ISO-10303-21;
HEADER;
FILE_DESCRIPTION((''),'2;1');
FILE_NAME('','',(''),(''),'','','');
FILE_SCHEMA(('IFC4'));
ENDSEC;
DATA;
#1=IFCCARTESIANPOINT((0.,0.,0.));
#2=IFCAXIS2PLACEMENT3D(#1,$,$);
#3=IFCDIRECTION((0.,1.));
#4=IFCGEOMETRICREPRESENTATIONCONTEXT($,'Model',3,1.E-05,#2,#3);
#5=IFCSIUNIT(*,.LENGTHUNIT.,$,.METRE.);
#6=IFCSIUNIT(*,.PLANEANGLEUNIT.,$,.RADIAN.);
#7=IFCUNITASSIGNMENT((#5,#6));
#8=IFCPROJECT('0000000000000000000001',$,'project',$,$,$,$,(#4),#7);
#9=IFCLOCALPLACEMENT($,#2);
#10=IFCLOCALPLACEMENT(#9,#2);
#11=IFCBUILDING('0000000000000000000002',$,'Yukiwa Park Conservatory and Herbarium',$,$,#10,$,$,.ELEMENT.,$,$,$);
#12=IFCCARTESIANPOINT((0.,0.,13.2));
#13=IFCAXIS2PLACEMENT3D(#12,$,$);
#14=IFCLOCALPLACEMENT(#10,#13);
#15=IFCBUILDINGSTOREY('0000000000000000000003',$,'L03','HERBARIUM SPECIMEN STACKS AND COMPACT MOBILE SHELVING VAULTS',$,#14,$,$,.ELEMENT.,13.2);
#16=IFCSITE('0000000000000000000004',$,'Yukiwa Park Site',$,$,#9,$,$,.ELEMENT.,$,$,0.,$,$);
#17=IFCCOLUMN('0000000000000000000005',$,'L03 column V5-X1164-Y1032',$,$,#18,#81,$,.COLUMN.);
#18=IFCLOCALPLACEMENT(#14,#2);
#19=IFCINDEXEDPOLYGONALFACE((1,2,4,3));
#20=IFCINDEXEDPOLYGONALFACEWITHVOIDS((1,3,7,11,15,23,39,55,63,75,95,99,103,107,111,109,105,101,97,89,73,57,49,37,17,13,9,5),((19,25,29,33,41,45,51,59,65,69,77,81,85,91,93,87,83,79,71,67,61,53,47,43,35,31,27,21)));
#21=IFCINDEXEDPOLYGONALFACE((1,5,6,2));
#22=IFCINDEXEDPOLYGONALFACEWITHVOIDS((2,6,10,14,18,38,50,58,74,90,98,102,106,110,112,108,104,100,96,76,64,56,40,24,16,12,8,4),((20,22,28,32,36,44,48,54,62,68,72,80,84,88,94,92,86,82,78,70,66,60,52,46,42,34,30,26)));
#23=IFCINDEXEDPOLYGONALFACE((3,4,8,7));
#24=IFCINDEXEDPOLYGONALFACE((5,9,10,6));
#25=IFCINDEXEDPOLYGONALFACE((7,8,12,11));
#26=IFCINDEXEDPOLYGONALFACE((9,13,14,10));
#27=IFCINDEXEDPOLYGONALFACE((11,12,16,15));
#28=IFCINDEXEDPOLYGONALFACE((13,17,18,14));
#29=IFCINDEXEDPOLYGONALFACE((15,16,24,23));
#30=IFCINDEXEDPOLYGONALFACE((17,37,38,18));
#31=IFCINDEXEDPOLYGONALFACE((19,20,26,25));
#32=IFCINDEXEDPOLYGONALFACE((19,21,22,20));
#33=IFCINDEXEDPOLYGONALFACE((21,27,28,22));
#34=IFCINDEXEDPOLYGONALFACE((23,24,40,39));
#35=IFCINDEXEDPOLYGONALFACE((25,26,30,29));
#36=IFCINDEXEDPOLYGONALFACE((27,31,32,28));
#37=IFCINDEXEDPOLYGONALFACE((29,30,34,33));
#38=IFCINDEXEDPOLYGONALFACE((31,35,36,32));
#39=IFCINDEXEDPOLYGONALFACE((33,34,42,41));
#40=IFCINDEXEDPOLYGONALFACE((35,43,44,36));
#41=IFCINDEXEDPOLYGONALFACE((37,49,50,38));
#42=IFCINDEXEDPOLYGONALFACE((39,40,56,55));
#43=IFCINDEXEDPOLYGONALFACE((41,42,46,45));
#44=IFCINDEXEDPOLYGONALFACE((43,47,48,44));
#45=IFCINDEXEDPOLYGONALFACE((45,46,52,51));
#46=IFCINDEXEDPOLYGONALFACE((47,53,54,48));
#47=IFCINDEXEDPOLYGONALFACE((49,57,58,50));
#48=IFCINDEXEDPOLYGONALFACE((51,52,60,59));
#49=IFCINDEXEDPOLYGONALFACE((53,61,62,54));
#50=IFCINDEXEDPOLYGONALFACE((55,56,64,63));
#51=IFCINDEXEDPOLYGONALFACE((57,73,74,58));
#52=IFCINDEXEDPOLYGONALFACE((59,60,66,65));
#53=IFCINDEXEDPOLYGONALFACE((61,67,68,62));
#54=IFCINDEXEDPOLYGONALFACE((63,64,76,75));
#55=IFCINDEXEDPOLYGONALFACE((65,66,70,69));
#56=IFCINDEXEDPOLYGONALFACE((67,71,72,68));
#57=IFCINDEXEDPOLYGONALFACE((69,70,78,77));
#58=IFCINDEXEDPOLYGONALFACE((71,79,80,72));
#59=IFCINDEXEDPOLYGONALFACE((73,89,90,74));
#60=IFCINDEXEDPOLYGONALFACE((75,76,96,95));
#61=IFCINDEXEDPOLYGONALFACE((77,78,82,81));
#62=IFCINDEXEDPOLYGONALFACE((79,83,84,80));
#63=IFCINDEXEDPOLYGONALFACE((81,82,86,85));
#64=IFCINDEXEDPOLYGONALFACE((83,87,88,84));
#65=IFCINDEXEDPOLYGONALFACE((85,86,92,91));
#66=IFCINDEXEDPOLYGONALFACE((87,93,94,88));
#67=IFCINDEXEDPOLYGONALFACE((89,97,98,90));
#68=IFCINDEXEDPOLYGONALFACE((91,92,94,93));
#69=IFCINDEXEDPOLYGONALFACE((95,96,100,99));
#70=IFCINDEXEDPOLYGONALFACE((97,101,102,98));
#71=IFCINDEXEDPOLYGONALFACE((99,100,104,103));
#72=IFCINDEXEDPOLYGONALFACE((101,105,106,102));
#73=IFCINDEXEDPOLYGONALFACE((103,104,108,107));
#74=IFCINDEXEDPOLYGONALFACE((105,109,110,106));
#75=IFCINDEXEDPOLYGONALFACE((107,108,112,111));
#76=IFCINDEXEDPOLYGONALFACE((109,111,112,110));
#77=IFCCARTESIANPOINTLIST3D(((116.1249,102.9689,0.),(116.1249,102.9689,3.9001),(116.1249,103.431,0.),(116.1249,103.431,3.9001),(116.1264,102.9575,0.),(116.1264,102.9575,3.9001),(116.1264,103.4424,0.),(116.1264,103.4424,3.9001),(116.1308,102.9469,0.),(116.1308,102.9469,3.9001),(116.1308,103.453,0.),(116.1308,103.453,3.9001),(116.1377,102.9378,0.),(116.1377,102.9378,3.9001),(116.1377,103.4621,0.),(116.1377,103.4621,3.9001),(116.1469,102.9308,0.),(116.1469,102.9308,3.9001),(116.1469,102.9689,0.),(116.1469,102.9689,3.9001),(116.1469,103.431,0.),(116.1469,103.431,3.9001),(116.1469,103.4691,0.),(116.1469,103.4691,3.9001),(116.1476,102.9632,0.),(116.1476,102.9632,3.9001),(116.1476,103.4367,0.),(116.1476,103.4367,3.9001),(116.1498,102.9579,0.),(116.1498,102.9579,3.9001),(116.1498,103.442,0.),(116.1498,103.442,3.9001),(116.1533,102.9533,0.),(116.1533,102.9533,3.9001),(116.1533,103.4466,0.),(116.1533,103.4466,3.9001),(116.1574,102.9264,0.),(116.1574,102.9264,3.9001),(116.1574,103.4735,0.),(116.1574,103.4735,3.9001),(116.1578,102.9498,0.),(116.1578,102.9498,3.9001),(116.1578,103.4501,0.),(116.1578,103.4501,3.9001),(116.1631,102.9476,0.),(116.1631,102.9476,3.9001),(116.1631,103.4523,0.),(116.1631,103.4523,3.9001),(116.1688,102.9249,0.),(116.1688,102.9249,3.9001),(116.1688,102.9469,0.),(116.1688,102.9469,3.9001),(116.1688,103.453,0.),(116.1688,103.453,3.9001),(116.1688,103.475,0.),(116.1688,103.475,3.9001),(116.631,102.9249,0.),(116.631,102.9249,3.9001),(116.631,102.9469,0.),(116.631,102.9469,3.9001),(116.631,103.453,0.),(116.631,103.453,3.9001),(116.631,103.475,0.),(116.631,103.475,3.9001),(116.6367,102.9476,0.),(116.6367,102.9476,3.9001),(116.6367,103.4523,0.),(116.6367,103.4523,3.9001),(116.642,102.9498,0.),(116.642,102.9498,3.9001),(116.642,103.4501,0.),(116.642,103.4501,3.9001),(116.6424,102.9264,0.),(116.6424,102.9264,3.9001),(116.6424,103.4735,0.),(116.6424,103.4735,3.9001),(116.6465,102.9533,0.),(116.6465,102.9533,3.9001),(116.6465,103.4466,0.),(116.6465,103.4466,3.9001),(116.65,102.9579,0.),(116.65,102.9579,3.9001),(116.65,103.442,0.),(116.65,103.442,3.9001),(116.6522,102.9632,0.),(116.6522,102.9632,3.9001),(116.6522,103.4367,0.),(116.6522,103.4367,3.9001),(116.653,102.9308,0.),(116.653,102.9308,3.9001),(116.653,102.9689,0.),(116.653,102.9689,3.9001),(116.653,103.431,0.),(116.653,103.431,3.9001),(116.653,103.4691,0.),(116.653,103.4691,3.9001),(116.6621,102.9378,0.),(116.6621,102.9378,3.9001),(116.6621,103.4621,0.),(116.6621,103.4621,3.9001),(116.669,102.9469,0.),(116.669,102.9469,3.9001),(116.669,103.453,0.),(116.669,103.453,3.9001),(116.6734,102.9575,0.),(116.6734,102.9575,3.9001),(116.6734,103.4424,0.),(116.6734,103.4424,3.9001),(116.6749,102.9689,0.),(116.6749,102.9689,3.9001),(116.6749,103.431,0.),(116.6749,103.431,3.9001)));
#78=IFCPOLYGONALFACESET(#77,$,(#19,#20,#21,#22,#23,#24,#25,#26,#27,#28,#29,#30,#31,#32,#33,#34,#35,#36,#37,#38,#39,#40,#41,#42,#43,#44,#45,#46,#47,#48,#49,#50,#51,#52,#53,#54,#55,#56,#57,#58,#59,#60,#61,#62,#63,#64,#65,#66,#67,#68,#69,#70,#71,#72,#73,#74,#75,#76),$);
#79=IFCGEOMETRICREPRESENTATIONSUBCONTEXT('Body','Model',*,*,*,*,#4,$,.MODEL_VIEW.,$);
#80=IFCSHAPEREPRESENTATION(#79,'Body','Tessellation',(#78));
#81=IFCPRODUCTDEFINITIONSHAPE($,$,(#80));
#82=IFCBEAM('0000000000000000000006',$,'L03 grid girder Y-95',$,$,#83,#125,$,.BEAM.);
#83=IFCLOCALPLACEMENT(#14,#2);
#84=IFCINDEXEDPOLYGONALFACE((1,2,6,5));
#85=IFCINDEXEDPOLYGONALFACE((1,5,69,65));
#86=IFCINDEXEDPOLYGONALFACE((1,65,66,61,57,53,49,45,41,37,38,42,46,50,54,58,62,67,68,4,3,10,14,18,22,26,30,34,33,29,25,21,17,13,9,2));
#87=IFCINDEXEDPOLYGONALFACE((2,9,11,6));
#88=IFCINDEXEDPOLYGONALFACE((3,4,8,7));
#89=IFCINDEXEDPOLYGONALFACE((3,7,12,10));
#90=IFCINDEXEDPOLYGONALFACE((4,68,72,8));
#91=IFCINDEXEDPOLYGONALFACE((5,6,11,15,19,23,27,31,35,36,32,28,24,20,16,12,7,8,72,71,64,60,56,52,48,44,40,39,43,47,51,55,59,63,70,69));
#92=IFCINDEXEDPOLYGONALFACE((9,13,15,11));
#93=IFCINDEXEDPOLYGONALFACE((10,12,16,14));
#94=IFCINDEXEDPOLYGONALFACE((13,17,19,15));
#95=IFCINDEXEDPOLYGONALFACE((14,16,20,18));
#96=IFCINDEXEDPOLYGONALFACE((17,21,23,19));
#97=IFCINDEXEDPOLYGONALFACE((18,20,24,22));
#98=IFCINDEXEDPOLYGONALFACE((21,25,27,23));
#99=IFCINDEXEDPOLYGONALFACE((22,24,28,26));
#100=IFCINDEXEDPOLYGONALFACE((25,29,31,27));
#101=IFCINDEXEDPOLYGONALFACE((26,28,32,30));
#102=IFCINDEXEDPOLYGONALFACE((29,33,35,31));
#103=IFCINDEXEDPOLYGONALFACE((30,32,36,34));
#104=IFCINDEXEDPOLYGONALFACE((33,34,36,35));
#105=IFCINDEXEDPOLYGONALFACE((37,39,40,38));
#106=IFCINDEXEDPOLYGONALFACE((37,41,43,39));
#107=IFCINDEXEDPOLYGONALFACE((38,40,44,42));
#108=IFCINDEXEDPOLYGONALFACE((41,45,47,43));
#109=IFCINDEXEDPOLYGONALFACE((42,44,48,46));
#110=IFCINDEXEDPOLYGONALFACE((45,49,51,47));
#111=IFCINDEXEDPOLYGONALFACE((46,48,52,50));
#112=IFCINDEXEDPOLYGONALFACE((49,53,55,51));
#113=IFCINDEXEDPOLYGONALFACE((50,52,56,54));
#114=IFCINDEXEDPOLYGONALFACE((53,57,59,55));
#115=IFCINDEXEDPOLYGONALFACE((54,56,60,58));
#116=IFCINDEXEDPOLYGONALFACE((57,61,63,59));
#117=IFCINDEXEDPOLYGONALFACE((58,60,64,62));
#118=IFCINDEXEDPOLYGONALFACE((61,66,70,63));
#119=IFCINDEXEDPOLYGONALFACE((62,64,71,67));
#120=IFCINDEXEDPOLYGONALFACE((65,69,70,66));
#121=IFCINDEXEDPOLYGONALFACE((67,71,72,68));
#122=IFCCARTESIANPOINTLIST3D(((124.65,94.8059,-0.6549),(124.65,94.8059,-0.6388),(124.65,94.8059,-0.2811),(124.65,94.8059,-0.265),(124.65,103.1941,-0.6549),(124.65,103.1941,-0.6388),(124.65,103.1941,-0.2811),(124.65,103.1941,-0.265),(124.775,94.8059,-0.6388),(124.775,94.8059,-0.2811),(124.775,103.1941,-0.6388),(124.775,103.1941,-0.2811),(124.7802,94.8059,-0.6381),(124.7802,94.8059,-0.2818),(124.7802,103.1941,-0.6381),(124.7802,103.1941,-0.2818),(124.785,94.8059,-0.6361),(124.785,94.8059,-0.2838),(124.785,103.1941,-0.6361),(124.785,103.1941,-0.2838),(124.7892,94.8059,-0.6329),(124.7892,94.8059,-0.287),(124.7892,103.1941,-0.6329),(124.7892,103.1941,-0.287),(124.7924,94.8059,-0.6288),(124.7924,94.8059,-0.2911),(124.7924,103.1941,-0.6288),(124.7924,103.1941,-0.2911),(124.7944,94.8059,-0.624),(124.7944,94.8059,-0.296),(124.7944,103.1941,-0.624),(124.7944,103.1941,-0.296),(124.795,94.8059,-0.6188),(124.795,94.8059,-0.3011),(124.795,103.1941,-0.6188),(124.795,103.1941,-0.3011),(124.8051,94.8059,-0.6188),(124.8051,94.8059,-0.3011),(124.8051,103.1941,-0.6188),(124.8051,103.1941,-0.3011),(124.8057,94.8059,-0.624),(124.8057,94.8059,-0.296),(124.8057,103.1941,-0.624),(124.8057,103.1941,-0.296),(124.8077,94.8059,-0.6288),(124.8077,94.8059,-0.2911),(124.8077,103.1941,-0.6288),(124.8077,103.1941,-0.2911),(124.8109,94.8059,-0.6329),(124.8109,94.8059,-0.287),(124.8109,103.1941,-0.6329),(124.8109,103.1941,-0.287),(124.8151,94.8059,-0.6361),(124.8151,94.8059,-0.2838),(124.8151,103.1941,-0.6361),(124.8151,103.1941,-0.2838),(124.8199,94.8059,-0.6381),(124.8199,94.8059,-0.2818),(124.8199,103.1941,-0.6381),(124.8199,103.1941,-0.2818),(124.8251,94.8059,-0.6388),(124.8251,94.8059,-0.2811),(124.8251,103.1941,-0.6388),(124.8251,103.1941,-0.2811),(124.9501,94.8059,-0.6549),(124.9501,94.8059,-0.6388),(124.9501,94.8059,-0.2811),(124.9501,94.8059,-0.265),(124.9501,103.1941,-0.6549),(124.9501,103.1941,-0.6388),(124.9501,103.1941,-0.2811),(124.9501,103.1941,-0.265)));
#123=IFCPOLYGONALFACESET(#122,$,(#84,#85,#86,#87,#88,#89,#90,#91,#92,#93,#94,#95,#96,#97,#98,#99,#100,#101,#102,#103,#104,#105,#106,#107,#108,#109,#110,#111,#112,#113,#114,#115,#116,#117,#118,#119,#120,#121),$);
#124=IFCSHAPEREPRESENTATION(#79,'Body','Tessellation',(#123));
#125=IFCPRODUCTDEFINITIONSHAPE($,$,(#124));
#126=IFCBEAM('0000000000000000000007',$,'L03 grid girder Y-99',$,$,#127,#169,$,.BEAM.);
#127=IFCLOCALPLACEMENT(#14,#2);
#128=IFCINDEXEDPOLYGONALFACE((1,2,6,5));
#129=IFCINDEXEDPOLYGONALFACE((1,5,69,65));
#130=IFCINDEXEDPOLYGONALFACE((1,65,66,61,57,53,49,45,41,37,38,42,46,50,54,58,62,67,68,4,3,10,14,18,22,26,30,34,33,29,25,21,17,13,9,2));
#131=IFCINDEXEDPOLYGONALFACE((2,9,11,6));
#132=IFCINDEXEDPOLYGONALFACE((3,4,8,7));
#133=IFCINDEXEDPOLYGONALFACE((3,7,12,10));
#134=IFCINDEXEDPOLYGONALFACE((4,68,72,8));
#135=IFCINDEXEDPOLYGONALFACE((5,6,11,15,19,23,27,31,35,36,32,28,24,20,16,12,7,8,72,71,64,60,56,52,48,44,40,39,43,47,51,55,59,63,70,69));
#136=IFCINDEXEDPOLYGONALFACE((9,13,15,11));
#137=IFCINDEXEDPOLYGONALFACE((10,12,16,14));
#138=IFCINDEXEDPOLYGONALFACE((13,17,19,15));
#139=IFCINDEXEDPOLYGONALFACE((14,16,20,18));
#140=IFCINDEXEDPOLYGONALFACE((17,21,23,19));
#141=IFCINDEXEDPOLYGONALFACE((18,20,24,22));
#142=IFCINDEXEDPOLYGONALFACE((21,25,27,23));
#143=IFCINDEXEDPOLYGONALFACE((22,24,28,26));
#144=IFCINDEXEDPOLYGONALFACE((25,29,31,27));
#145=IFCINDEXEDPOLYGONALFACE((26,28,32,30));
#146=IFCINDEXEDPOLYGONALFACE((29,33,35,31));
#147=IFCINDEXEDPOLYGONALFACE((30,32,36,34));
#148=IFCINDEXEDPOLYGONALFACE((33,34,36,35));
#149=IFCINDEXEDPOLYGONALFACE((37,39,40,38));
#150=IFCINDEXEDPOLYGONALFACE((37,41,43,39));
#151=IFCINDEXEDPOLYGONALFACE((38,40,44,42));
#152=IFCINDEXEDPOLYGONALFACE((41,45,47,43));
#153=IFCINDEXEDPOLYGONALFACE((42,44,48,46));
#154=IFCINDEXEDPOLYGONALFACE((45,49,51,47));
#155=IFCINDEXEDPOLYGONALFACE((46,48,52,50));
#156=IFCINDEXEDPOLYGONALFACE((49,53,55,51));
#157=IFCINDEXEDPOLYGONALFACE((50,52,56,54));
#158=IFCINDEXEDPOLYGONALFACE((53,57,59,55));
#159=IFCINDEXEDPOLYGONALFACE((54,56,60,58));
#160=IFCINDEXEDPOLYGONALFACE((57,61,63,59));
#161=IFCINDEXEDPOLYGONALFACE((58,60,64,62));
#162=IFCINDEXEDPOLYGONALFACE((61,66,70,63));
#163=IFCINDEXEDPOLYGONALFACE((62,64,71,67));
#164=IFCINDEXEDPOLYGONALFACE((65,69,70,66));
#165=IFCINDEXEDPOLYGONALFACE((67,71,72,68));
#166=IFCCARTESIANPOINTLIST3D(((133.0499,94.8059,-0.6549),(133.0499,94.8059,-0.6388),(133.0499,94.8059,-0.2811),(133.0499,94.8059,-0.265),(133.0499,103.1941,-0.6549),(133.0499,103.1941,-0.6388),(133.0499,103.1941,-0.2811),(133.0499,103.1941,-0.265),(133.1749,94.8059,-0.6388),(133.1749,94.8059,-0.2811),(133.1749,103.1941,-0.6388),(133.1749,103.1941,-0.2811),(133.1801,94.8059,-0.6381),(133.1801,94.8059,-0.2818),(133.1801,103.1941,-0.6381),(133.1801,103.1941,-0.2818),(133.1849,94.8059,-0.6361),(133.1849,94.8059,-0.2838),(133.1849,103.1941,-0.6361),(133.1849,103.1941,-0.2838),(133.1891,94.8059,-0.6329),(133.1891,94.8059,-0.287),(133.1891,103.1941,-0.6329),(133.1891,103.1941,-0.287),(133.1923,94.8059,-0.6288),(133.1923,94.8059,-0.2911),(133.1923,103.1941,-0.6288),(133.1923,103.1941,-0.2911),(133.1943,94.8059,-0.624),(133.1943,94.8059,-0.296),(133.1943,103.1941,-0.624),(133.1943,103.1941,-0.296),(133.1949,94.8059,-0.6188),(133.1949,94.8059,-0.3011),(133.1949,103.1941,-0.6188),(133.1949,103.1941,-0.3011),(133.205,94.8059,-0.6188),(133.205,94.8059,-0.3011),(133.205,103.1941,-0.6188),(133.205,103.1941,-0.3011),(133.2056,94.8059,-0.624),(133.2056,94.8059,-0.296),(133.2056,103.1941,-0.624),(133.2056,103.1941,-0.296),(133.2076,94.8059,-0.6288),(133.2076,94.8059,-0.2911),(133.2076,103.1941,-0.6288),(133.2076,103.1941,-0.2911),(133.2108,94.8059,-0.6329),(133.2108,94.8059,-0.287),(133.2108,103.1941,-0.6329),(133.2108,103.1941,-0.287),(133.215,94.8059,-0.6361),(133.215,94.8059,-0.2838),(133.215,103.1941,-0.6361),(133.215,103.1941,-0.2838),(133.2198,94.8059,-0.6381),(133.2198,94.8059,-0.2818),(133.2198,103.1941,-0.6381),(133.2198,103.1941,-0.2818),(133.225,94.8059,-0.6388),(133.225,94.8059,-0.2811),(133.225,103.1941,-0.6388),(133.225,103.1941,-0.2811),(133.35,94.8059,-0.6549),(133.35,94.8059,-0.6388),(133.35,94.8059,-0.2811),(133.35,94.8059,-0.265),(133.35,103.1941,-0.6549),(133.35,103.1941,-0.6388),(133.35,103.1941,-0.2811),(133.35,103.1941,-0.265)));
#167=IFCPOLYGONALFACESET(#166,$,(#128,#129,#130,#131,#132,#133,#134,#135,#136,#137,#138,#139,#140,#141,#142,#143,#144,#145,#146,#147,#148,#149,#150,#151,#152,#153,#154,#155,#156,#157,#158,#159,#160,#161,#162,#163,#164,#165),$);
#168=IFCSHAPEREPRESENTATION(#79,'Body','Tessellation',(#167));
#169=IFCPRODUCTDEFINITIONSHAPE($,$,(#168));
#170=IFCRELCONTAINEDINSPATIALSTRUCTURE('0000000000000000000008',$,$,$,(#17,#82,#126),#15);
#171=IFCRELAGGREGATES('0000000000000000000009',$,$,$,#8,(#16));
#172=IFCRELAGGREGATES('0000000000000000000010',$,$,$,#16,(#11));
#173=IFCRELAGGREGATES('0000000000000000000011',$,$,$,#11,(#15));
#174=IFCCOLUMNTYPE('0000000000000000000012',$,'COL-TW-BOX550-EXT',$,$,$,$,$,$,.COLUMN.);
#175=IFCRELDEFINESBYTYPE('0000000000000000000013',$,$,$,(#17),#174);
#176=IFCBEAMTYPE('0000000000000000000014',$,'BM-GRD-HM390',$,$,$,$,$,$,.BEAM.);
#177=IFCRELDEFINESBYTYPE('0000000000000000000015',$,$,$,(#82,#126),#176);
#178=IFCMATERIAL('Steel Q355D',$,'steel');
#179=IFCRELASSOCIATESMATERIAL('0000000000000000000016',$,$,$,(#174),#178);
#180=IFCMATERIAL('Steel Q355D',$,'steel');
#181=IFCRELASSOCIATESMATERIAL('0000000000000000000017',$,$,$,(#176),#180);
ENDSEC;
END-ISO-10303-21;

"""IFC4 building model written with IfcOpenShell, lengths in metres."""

from ifc_helpers import new_model, si_unit, direction, frame, origin, origin_2d, place, context, subcontext, project, spatial, hollow_rectangle, i_section, extrude, material, material_profile, profile_set, type_object, element, save


model = new_model("IFC4")

# Units and contexts
model_context = context("Model", 3, precision=1e-05, world=origin(), true_north=direction((0.0, 1.0)))
body_context = subcontext(model_context, "Body", "Model", "MODEL_VIEW")
ifc_project = project(units=[si_unit("LENGTHUNIT", "METRE"), si_unit("PLANEANGLEUNIT", "RADIAN")], contexts=[model_context])

# Site, building, storey
site_placement = place(None, origin())
site = spatial("IfcSite", under=ifc_project, at=site_placement, Name="Yukiwa Park Site", CompositionType="ELEMENT", RefElevation=0.0)
building_placement = place(site_placement, origin())
building = spatial("IfcBuilding", under=site, at=building_placement, Name="Yukiwa Park Conservatory and Herbarium", CompositionType="ELEMENT")
storey_placement = place(building_placement, frame((0.0, 0.0, 13.2)))
storey = spatial("IfcBuildingStorey", under=building, at=storey_placement, Name="L03", Description="HERBARIUM SPECIMEN STACKS AND COMPACT MOBILE SHELVING VAULTS", CompositionType="ELEMENT", Elevation=13.2)

# Column
ifc_material_1 = material(Name="Steel Q355D", Category="steel")
ifc_material_profile_1 = material_profile(ifc_material_1, hollow_rectangle(XDim=0.55, YDim=0.55, WallThickness=0.022, InnerFilletRadius=0.022, OuterFilletRadius=0.0439, at=origin_2d()), Name="BOX 550x550x22")
ifc_profile_set_1 = profile_set([ifc_material_profile_1], Name="Steel Q355D")
column_type = type_object("IfcColumnType", Name="COL-TW-BOX550-EXT", PredefinedType="COLUMN", material=ifc_profile_set_1)
column_placement = place(storey_placement, frame((116.3999, 103.2, 0.0), z_axis=(0.0, 0.0, 1.0), x_axis=(1.0, 0.0, 0.0)))
element("IfcColumn", 1, at=column_placement, inside=storey, type_object=column_type, Name="L03 column V5-X1164-Y1032", PredefinedType="COLUMN", context=body_context, shape_type="SweptSolid", body=[
    extrude(hollow_rectangle(XDim=0.55, YDim=0.55, WallThickness=0.022, InnerFilletRadius=0.022, OuterFilletRadius=0.0439, at=origin_2d()), origin(), (0.0, 0.0, 1.0), 3.9001),
])

# Beams
ifc_material_2 = material(Name="Steel Q355D", Category="steel")
ifc_material_profile_2 = material_profile(ifc_material_2, i_section(OverallWidth=0.3, OverallDepth=0.3899, WebThickness=0.01, FlangeThickness=0.0161, FilletRadius=0.02, at=origin_2d()), Name="HM 390x300x10x16")
ifc_profile_set_2 = profile_set([ifc_material_profile_2], Name="Steel Q355D")
beam_type_1 = type_object("IfcBeamType", Name="BM-GRD-HM390", PredefinedType="BEAM", material=ifc_profile_set_2)
for number, where, z_axis, x_axis, name in (
    (2, (124.8, 94.8059, -0.46), (0.0, 1.0, 0.0), (-1.0, 0.0, 0.0), "L03 grid girder Y-95"),
    (3, (133.2, 94.8059, -0.46), (0.0, 1.0, 0.0), (-1.0, 0.0, 0.0), "L03 grid girder Y-99"),
):
    element("IfcBeam", number, at=place(storey_placement, frame(where, z_axis=z_axis, x_axis=x_axis)), inside=storey, type_object=beam_type_1, Name=name, PredefinedType="BEAM", context=body_context, shape_type="SweptSolid", body=[
        extrude(i_section(OverallWidth=0.3, OverallDepth=0.3899, WebThickness=0.01, FlangeThickness=0.0161, FilletRadius=0.02, at=origin_2d()), origin(), (0.0, 0.0, 1.0), 8.3882),
    ])

save(model, "model.ifc")
